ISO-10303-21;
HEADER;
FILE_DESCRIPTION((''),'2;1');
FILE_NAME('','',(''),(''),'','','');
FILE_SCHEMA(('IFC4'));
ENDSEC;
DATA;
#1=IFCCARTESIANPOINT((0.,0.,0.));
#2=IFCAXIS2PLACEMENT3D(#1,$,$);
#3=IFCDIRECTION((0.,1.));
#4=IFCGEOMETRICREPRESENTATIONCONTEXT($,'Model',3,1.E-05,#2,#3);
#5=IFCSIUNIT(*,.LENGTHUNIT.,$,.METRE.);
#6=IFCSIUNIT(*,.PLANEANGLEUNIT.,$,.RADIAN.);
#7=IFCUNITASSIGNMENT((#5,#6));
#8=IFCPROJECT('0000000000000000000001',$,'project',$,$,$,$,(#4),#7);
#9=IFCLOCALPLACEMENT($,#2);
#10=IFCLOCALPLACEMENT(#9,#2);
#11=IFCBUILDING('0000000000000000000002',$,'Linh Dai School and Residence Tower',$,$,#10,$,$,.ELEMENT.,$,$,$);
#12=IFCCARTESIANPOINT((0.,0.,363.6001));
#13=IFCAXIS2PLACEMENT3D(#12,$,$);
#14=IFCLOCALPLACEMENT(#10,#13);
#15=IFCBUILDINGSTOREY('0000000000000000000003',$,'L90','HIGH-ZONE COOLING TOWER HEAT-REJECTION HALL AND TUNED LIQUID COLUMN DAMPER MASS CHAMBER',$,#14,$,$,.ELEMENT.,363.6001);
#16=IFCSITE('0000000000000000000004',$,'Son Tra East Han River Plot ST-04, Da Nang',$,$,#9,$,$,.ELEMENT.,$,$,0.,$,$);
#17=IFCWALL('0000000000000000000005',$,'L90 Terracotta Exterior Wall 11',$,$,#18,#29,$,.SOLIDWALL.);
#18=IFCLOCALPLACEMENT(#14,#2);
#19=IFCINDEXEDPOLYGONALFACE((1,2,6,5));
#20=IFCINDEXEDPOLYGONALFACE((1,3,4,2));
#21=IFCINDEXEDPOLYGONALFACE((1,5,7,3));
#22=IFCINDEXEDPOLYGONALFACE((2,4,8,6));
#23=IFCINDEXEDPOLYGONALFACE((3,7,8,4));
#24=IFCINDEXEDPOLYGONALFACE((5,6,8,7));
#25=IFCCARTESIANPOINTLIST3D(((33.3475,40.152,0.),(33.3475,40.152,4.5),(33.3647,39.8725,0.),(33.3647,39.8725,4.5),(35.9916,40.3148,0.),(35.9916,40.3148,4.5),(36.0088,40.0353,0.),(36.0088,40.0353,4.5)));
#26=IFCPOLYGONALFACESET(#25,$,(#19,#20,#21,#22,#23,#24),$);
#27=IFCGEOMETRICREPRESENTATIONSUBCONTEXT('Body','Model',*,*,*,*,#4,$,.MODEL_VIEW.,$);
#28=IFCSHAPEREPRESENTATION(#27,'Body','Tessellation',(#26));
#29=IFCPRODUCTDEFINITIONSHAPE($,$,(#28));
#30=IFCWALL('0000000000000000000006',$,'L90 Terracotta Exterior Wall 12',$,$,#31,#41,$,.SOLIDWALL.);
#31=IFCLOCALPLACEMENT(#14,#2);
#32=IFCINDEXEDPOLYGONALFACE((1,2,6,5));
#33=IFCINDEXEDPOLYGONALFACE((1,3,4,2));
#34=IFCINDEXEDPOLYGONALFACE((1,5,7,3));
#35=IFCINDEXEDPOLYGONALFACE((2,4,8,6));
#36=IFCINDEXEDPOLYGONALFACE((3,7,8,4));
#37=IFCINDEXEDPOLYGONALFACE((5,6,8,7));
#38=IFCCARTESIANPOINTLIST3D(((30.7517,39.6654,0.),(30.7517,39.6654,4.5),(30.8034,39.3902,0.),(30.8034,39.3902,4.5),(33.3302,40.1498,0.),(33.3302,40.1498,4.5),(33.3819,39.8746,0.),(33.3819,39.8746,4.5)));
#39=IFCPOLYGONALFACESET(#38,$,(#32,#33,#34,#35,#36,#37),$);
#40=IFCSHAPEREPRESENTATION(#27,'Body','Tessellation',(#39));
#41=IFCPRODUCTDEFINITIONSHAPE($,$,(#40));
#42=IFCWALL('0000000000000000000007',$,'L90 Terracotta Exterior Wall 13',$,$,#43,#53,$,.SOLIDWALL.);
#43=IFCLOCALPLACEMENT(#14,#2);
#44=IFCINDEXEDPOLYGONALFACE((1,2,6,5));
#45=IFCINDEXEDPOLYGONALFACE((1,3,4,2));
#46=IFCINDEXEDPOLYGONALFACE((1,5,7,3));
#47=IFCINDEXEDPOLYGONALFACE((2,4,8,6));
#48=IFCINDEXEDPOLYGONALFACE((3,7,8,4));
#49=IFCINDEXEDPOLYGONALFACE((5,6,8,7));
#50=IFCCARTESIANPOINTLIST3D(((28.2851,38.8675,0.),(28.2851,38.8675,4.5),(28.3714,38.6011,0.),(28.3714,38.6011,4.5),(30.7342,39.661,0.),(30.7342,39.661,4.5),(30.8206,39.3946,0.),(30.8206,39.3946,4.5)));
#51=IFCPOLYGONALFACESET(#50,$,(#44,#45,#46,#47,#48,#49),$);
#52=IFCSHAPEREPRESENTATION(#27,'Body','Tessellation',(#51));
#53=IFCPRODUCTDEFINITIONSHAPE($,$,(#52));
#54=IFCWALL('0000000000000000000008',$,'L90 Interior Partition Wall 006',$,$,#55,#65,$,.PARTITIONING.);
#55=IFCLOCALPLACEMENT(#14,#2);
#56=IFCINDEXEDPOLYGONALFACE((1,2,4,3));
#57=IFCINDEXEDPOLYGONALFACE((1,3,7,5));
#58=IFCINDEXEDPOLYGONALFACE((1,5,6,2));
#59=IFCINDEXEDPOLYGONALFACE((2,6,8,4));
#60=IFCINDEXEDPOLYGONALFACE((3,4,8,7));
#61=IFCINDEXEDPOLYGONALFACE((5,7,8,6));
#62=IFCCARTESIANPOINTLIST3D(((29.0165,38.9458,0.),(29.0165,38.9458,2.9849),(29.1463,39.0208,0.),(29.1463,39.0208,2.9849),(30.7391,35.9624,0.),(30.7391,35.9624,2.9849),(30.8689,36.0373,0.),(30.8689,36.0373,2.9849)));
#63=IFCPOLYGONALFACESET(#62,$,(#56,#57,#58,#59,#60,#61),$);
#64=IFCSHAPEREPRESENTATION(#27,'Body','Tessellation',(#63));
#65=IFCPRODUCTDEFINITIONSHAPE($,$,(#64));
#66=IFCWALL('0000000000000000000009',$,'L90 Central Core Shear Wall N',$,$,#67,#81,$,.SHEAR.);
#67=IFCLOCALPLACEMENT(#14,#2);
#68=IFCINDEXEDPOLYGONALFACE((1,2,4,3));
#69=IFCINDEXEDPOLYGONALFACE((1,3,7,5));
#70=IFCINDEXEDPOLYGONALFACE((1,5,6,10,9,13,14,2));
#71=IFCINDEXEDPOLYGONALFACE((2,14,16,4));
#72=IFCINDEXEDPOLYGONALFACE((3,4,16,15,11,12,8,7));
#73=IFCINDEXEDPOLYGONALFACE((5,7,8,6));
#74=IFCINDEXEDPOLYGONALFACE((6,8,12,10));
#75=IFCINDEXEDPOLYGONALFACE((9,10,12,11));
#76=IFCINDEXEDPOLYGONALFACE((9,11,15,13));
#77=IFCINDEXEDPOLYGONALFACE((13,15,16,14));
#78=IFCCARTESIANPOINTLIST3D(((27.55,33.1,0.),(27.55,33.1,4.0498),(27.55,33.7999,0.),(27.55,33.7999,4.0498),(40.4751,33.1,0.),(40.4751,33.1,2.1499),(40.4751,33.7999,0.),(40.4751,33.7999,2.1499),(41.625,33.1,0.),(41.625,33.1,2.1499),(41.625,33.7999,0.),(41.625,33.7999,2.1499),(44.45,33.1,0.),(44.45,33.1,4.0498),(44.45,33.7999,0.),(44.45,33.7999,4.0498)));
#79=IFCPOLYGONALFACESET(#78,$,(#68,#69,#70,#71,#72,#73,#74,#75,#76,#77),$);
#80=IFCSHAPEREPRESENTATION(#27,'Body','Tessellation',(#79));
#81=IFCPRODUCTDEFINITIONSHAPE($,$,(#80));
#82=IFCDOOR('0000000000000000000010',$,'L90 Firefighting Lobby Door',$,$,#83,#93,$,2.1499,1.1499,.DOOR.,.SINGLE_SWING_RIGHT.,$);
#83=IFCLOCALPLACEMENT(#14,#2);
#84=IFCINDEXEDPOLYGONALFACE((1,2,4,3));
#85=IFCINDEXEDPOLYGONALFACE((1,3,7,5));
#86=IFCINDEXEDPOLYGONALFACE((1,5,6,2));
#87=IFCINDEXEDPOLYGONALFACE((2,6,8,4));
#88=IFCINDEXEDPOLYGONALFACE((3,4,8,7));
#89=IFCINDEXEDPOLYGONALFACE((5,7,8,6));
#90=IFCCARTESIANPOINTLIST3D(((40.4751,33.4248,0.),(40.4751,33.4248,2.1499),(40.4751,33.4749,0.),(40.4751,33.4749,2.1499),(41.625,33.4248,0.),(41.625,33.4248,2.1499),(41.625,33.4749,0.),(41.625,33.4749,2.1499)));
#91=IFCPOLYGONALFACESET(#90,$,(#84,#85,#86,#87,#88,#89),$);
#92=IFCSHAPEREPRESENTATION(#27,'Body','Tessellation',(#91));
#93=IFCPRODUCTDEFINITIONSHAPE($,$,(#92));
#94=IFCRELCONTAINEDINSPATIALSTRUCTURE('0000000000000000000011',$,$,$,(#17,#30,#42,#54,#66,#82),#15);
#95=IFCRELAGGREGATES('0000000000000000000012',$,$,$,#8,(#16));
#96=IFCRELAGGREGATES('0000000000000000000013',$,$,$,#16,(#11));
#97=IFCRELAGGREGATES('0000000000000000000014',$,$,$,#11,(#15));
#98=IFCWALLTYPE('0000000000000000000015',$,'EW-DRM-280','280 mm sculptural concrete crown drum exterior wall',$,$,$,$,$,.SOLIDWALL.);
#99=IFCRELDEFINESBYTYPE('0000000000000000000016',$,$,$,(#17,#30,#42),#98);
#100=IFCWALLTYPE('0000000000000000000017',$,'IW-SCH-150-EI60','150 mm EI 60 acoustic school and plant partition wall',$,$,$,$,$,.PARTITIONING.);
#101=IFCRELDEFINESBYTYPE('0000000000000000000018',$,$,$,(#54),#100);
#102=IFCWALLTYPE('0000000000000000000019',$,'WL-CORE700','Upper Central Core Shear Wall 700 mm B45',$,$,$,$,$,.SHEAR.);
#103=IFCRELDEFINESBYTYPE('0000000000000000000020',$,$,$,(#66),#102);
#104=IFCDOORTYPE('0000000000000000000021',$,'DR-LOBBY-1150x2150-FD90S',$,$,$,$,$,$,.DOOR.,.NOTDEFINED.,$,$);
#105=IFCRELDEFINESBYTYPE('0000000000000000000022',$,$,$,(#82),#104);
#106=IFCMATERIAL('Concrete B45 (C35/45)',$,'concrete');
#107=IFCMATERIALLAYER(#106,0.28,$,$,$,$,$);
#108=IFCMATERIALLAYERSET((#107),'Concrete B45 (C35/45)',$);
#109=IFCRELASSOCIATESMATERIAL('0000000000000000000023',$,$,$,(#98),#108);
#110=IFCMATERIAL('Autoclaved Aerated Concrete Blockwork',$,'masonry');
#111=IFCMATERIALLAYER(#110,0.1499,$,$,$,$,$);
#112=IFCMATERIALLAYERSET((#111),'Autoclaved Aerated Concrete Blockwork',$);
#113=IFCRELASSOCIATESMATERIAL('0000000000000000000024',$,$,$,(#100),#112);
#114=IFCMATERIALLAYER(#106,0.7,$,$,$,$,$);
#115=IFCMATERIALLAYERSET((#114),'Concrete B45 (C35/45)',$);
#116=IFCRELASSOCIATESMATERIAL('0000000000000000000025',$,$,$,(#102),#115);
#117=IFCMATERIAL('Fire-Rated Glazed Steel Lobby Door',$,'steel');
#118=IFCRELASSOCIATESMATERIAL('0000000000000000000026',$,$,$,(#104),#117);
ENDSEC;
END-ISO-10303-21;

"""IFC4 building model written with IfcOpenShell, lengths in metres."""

from ifc_helpers import new_model, si_unit, direction, frame, frame_2d, origin, origin_2d, place, context, subcontext, project, spatial, rectangle, extrude, source, transform, mapped, material, layer, layer_set, type_object, element, fill, save


model = new_model("IFC4")

# Units and contexts
model_context = context("Model", 3, precision=1e-05, world=origin(), true_north=direction((0.0, 1.0)))
body_context = subcontext(model_context, "Body", "Model", "MODEL_VIEW")
ifc_project = project(units=[si_unit("LENGTHUNIT", "METRE"), si_unit("PLANEANGLEUNIT", "RADIAN")], contexts=[model_context])

# Site, building, storey
site_placement = place(None, origin())
site = spatial("IfcSite", under=ifc_project, at=site_placement, Name="Son Tra East Han River Plot ST-04, Da Nang", CompositionType="ELEMENT", RefElevation=0.0)
building_placement = place(site_placement, origin())
building = spatial("IfcBuilding", under=site, at=building_placement, Name="Linh Dai School and Residence Tower", CompositionType="ELEMENT")
storey_placement = place(building_placement, frame((0.0, 0.0, 363.6001)))
storey = spatial("IfcBuildingStorey", under=building, at=storey_placement, Name="L90", Description="HIGH-ZONE COOLING TOWER HEAT-REJECTION HALL AND TUNED LIQUID COLUMN DAMPER MASS CHAMBER", CompositionType="ELEMENT", Elevation=363.6001)

# Walls
ifc_material_1 = material(Name="Concrete B45 (C35/45)", Category="concrete")
ifc_layer_1 = layer(ifc_material_1, 0.28)
ifc_layer_set_1 = layer_set([ifc_layer_1], Name="Concrete B45 (C35/45)")
wall_type_1 = type_object("IfcWallType", Name="EW-DRM-280", Description="280 mm sculptural concrete crown drum exterior wall", PredefinedType="SOLIDWALL", material=ifc_layer_set_1)
wall_1_placement = place(storey_placement, frame((33.356, 40.0122, 0.0), z_axis=(0.0, 0.0, 1.0), x_axis=(0.998109, 0.061472, 0.0)))
element("IfcWall", 1, at=wall_1_placement, inside=storey, type_object=wall_type_1, Name="L90 Terracotta Exterior Wall 11", PredefinedType="SOLIDWALL", context=body_context, shape_type="SweptSolid", body=[
    extrude(rectangle(XDim=2.6492, YDim=0.28, at=frame_2d((1.3247, 0.0))), origin(), (0.0, 0.0, 1.0), 4.5),
])
wall_2_placement = place(storey_placement, frame((30.7776, 39.5278, 0.0), z_axis=(0.0, 0.0, 1.0), x_axis=(0.982808, 0.184631, 0.0)))
element("IfcWall", 2, at=wall_2_placement, inside=storey, type_object=wall_type_1, Name="L90 Terracotta Exterior Wall 12", PredefinedType="SOLIDWALL", context=body_context, shape_type="SweptSolid", body=[
    extrude(rectangle(XDim=2.6235, YDim=0.28, at=frame_2d((1.3118, 0.0))), origin(), (0.0, 0.0, 1.0), 4.5),
])
wall_3_placement = place(storey_placement, frame((28.3284, 38.7344, 0.0), z_axis=(0.0, 0.0, 1.0), x_axis=(0.951324, 0.308194, 0.0)))
element("IfcWall", 3, at=wall_3_placement, inside=storey, type_object=wall_type_1, Name="L90 Terracotta Exterior Wall 13", PredefinedType="SOLIDWALL", context=body_context, shape_type="SweptSolid", body=[
    extrude(rectangle(XDim=2.5745, YDim=0.28, at=frame_2d((1.2871, 0.0))), origin(), (0.0, 0.0, 1.0), 4.5),
])
ifc_material_2 = material(Name="Autoclaved Aerated Concrete Blockwork", Category="masonry")
ifc_layer_2 = layer(ifc_material_2, 0.1499)
ifc_layer_set_2 = layer_set([ifc_layer_2], Name="Autoclaved Aerated Concrete Blockwork")
wall_type_2 = type_object("IfcWallType", Name="IW-SCH-150-EI60", Description="150 mm EI 60 acoustic school and plant partition wall", PredefinedType="PARTITIONING", material=ifc_layer_set_2)
wall_4_placement = place(storey_placement, frame((29.0813, 38.9834, 0.0), z_axis=(0.0, 0.0, 1.0), x_axis=(0.500041, -0.866001, 0.0)))
element("IfcWall", 4, at=wall_4_placement, inside=storey, type_object=wall_type_2, Name="L90 Interior Partition Wall 006", PredefinedType="PARTITIONING", context=body_context, shape_type="SweptSolid", body=[
    extrude(rectangle(XDim=3.4451, YDim=0.1499, at=frame_2d((1.7227, 0.0))), origin(), (0.0, 0.0, 1.0), 2.9849),
])

# Wall, opening, door
ifc_layer_3 = layer(ifc_material_1, 0.7)
ifc_layer_set_3 = layer_set([ifc_layer_3], Name="Concrete B45 (C35/45)")
wall_type_3 = type_object("IfcWallType", Name="WL-CORE700", Description="Upper Central Core Shear Wall 700 mm B45", PredefinedType="SHEAR", material=ifc_layer_set_3)
wall_5_placement = place(storey_placement, frame((27.55, 33.45, 0.0), z_axis=(0.0, 0.0, 1.0), x_axis=(1.0, 0.0, 0.0)))
wall_5 = element("IfcWall", 5, at=wall_5_placement, inside=storey, type_object=wall_type_3, Name="L90 Central Core Shear Wall N", PredefinedType="SHEAR", context=body_context, shape_type="SweptSolid", body=[
    extrude(rectangle(XDim=16.8999, YDim=0.7, at=frame_2d((8.45, 0.0))), origin(), (0.0, 0.0, 1.0), 4.0498),
])
opening_placement = place(wall_5_placement, frame((12.925, 0.0, 0.0)))
opening = element("IfcOpeningElement", 6, at=opening_placement, cuts=wall_5, PredefinedType="OPENING", context=body_context, shape_type="SweptSolid", body=[
    extrude(rectangle(XDim=1.1499, YDim=2.1499, at=origin_2d()), frame((0.575, 0.3599, 1.075), z_axis=(0.0, -1.0, 0.0), x_axis=(1.0, 0.0, 0.0)), (0.0, 0.0, 1.0), 0.72),
])
ifc_material_3 = material(Name="Fire-Rated Glazed Steel Lobby Door", Category="steel")
door_type = type_object("IfcDoorType", Name="DR-LOBBY-1150x2150-FD90S", OperationType="NOTDEFINED", PredefinedType="DOOR", material=ifc_material_3)
shared_shape_1 = source(origin(), body_context, "Body", "SweptSolid", [
    extrude(rectangle(XDim=1.1499, YDim=2.1499, at=origin_2d()), frame((0.575, 0.0249, 1.075), z_axis=(0.0, -1.0, 0.0), x_axis=(1.0, 0.0, 0.0)), (0.0, 0.0, 1.0), 0.05),
])
door_placement = place(opening_placement, origin())
door = element("IfcDoor", 7, at=door_placement, inside=storey, type_object=door_type, Name="L90 Firefighting Lobby Door", OperationType="SINGLE_SWING_RIGHT", OverallHeight=2.1499, OverallWidth=1.1499, PredefinedType="DOOR", context=body_context, shape_type="MappedRepresentation", body=[
    mapped(shared_shape_1, transform((0.0, 0.0, 0.0), x_axis=(1.0, 0.0, 0.0), y_axis=(0.0, 1.0, 0.0), z_axis=(0.0, 0.0, 1.0), scale=1.0)),
])
fill(opening, door)

save(model, "model.ifc")
